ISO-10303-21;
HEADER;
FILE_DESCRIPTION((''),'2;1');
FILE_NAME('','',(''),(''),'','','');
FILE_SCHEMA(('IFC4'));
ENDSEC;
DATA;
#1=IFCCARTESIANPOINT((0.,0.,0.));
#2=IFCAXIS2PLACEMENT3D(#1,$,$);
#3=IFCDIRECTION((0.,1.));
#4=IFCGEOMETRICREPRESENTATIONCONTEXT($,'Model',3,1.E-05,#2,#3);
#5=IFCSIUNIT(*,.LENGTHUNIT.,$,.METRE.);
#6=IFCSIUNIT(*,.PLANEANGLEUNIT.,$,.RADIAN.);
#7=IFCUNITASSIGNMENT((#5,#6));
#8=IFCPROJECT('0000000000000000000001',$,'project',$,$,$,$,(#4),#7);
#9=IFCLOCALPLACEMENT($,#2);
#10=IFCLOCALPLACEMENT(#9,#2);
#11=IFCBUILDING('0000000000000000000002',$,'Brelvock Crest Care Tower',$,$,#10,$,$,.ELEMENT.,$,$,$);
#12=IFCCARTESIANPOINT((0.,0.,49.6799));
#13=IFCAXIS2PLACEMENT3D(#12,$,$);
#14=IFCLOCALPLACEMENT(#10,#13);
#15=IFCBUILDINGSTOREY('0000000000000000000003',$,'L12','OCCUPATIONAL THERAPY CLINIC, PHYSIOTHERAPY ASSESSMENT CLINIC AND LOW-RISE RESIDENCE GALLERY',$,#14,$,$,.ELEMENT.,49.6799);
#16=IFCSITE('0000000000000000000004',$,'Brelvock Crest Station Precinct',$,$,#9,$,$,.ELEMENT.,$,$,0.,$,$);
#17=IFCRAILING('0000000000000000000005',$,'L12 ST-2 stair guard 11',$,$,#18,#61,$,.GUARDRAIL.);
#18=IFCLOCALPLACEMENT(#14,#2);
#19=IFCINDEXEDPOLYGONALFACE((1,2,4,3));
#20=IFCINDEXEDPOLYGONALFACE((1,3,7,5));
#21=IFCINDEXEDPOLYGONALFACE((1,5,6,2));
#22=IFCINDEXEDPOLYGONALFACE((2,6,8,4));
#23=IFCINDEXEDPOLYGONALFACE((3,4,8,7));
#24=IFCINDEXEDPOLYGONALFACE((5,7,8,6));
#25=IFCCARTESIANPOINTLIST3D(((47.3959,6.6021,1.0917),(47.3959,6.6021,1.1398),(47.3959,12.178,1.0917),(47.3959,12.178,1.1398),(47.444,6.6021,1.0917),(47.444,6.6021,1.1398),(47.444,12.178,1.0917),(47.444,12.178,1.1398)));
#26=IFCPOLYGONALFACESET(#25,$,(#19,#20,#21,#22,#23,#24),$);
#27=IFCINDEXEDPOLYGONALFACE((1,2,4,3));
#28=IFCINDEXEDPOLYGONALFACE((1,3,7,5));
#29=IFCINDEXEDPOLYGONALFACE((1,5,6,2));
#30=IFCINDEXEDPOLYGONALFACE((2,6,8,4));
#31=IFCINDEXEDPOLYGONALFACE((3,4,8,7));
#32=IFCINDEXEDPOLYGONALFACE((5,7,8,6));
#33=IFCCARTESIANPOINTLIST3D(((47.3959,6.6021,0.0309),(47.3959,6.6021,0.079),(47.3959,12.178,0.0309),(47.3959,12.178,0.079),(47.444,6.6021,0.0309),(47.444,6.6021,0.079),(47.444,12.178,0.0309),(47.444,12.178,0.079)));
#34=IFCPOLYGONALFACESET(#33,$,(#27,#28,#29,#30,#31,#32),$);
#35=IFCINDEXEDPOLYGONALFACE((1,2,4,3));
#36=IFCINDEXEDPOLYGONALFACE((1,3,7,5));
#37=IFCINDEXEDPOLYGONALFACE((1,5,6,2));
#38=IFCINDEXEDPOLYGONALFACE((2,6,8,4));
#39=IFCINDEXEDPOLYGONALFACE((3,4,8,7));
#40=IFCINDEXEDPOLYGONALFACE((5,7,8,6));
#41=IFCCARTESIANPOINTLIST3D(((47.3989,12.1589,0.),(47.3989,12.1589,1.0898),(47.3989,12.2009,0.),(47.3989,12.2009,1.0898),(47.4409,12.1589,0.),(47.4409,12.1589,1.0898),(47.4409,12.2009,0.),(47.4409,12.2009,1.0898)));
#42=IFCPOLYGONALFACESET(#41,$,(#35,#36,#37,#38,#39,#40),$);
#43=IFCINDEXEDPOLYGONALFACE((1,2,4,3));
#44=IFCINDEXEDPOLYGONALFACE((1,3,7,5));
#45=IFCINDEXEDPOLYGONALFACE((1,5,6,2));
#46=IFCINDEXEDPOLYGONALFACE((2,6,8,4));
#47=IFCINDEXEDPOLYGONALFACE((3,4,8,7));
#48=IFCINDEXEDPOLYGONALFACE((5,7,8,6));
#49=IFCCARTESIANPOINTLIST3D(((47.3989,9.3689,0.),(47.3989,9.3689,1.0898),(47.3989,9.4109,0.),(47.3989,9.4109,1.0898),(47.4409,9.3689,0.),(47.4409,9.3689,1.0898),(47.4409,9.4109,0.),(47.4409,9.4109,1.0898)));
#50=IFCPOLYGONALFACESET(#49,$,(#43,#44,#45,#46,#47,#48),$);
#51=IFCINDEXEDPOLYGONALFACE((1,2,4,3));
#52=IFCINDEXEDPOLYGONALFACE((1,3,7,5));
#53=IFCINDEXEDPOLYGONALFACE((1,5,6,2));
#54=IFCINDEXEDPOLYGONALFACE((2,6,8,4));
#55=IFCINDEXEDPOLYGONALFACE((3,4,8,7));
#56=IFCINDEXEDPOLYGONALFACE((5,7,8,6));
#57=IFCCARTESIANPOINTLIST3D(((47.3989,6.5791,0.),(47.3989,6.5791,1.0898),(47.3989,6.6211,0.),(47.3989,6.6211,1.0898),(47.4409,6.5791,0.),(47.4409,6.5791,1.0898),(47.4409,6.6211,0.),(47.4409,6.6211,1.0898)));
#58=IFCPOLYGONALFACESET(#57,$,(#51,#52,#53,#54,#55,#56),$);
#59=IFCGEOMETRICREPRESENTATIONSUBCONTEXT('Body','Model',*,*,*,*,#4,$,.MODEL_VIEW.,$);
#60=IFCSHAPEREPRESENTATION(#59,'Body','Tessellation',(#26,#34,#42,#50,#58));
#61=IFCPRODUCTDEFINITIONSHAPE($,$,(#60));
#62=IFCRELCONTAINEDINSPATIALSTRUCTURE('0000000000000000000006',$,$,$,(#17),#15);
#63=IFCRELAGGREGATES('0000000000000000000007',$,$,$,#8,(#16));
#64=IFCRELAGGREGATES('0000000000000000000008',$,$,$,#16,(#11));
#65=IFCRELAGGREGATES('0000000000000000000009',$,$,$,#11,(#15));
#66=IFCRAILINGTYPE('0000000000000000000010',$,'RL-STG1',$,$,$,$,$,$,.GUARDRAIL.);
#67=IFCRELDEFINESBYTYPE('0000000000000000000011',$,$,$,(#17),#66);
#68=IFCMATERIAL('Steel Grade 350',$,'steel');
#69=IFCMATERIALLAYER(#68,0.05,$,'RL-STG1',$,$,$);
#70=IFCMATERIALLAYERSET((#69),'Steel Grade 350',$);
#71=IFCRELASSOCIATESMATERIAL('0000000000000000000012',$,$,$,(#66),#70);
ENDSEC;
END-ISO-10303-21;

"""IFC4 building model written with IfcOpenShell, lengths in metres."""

from ifc_helpers import new_model, si_unit, direction, frame, origin, origin_2d, place, context, subcontext, project, spatial, rectangle, extrude, material, layer, layer_set, type_object, element, save


model = new_model("IFC4")

# Units and contexts
model_context = context("Model", 3, precision=1e-05, world=origin(), true_north=direction((0.0, 1.0)))
body_context = subcontext(model_context, "Body", "Model", "MODEL_VIEW")
ifc_project = project(units=[si_unit("LENGTHUNIT", "METRE"), si_unit("PLANEANGLEUNIT", "RADIAN")], contexts=[model_context])

# Site, building, storey
site_placement = place(None, origin())
site = spatial("IfcSite", under=ifc_project, at=site_placement, Name="Brelvock Crest Station Precinct", CompositionType="ELEMENT", RefElevation=0.0)
building_placement = place(site_placement, origin())
building = spatial("IfcBuilding", under=site, at=building_placement, Name="Brelvock Crest Care Tower", CompositionType="ELEMENT")
storey_placement = place(building_placement, frame((0.0, 0.0, 49.6799)))
storey = spatial("IfcBuildingStorey", under=building, at=storey_placement, Name="L12", Description="OCCUPATIONAL THERAPY CLINIC, PHYSIOTHERAPY ASSESSMENT CLINIC AND LOW-RISE RESIDENCE GALLERY", CompositionType="ELEMENT", Elevation=49.6799)

# Shared definitions
ifc_material_1 = material(Name="Steel Grade 350", Category="steel")

# Railing
ifc_layer_1 = layer(ifc_material_1, 0.05, Name="RL-STG1")
ifc_layer_set_1 = layer_set([ifc_layer_1], Name="Steel Grade 350")
railing_type = type_object("IfcRailingType", Name="RL-STG1", PredefinedType="GUARDRAIL", material=ifc_layer_set_1)
railing_placement = place(storey_placement, frame((47.4199, 12.1799, 0.0)))
element("IfcRailing", 1, at=railing_placement, inside=storey, type_object=railing_type, Name="L12 ST-2 stair guard 11", PredefinedType="GUARDRAIL", context=body_context, shape_type="SweptSolid", body=[
    extrude(rectangle(XDim=0.0481, YDim=0.0481, at=origin_2d()), frame((0.0, -0.002, 1.1157), z_axis=(0.0, -1.0, 0.0), x_axis=(1.0, 0.0, 0.0)), (0.0, 0.0, 1.0), 5.5759),
    extrude(rectangle(XDim=0.0481, YDim=0.0481, at=origin_2d()), frame((0.0, -0.002, 0.0549), z_axis=(0.0, -1.0, 0.0), x_axis=(1.0, 0.0, 0.0)), (0.0, 0.0, 1.0), 5.5759),
    extrude(rectangle(XDim=0.042, YDim=0.042, at=origin_2d()), origin(), (0.0, 0.0, 1.0), 1.0898),
    extrude(rectangle(XDim=0.042, YDim=0.042, at=origin_2d()), frame((0.0, -2.79, 0.0)), (0.0, 0.0, 1.0), 1.0898),
    extrude(rectangle(XDim=0.042, YDim=0.042, at=origin_2d()), frame((0.0, -5.5798, 0.0)), (0.0, 0.0, 1.0), 1.0898),
])

save(model, "model.ifc")
